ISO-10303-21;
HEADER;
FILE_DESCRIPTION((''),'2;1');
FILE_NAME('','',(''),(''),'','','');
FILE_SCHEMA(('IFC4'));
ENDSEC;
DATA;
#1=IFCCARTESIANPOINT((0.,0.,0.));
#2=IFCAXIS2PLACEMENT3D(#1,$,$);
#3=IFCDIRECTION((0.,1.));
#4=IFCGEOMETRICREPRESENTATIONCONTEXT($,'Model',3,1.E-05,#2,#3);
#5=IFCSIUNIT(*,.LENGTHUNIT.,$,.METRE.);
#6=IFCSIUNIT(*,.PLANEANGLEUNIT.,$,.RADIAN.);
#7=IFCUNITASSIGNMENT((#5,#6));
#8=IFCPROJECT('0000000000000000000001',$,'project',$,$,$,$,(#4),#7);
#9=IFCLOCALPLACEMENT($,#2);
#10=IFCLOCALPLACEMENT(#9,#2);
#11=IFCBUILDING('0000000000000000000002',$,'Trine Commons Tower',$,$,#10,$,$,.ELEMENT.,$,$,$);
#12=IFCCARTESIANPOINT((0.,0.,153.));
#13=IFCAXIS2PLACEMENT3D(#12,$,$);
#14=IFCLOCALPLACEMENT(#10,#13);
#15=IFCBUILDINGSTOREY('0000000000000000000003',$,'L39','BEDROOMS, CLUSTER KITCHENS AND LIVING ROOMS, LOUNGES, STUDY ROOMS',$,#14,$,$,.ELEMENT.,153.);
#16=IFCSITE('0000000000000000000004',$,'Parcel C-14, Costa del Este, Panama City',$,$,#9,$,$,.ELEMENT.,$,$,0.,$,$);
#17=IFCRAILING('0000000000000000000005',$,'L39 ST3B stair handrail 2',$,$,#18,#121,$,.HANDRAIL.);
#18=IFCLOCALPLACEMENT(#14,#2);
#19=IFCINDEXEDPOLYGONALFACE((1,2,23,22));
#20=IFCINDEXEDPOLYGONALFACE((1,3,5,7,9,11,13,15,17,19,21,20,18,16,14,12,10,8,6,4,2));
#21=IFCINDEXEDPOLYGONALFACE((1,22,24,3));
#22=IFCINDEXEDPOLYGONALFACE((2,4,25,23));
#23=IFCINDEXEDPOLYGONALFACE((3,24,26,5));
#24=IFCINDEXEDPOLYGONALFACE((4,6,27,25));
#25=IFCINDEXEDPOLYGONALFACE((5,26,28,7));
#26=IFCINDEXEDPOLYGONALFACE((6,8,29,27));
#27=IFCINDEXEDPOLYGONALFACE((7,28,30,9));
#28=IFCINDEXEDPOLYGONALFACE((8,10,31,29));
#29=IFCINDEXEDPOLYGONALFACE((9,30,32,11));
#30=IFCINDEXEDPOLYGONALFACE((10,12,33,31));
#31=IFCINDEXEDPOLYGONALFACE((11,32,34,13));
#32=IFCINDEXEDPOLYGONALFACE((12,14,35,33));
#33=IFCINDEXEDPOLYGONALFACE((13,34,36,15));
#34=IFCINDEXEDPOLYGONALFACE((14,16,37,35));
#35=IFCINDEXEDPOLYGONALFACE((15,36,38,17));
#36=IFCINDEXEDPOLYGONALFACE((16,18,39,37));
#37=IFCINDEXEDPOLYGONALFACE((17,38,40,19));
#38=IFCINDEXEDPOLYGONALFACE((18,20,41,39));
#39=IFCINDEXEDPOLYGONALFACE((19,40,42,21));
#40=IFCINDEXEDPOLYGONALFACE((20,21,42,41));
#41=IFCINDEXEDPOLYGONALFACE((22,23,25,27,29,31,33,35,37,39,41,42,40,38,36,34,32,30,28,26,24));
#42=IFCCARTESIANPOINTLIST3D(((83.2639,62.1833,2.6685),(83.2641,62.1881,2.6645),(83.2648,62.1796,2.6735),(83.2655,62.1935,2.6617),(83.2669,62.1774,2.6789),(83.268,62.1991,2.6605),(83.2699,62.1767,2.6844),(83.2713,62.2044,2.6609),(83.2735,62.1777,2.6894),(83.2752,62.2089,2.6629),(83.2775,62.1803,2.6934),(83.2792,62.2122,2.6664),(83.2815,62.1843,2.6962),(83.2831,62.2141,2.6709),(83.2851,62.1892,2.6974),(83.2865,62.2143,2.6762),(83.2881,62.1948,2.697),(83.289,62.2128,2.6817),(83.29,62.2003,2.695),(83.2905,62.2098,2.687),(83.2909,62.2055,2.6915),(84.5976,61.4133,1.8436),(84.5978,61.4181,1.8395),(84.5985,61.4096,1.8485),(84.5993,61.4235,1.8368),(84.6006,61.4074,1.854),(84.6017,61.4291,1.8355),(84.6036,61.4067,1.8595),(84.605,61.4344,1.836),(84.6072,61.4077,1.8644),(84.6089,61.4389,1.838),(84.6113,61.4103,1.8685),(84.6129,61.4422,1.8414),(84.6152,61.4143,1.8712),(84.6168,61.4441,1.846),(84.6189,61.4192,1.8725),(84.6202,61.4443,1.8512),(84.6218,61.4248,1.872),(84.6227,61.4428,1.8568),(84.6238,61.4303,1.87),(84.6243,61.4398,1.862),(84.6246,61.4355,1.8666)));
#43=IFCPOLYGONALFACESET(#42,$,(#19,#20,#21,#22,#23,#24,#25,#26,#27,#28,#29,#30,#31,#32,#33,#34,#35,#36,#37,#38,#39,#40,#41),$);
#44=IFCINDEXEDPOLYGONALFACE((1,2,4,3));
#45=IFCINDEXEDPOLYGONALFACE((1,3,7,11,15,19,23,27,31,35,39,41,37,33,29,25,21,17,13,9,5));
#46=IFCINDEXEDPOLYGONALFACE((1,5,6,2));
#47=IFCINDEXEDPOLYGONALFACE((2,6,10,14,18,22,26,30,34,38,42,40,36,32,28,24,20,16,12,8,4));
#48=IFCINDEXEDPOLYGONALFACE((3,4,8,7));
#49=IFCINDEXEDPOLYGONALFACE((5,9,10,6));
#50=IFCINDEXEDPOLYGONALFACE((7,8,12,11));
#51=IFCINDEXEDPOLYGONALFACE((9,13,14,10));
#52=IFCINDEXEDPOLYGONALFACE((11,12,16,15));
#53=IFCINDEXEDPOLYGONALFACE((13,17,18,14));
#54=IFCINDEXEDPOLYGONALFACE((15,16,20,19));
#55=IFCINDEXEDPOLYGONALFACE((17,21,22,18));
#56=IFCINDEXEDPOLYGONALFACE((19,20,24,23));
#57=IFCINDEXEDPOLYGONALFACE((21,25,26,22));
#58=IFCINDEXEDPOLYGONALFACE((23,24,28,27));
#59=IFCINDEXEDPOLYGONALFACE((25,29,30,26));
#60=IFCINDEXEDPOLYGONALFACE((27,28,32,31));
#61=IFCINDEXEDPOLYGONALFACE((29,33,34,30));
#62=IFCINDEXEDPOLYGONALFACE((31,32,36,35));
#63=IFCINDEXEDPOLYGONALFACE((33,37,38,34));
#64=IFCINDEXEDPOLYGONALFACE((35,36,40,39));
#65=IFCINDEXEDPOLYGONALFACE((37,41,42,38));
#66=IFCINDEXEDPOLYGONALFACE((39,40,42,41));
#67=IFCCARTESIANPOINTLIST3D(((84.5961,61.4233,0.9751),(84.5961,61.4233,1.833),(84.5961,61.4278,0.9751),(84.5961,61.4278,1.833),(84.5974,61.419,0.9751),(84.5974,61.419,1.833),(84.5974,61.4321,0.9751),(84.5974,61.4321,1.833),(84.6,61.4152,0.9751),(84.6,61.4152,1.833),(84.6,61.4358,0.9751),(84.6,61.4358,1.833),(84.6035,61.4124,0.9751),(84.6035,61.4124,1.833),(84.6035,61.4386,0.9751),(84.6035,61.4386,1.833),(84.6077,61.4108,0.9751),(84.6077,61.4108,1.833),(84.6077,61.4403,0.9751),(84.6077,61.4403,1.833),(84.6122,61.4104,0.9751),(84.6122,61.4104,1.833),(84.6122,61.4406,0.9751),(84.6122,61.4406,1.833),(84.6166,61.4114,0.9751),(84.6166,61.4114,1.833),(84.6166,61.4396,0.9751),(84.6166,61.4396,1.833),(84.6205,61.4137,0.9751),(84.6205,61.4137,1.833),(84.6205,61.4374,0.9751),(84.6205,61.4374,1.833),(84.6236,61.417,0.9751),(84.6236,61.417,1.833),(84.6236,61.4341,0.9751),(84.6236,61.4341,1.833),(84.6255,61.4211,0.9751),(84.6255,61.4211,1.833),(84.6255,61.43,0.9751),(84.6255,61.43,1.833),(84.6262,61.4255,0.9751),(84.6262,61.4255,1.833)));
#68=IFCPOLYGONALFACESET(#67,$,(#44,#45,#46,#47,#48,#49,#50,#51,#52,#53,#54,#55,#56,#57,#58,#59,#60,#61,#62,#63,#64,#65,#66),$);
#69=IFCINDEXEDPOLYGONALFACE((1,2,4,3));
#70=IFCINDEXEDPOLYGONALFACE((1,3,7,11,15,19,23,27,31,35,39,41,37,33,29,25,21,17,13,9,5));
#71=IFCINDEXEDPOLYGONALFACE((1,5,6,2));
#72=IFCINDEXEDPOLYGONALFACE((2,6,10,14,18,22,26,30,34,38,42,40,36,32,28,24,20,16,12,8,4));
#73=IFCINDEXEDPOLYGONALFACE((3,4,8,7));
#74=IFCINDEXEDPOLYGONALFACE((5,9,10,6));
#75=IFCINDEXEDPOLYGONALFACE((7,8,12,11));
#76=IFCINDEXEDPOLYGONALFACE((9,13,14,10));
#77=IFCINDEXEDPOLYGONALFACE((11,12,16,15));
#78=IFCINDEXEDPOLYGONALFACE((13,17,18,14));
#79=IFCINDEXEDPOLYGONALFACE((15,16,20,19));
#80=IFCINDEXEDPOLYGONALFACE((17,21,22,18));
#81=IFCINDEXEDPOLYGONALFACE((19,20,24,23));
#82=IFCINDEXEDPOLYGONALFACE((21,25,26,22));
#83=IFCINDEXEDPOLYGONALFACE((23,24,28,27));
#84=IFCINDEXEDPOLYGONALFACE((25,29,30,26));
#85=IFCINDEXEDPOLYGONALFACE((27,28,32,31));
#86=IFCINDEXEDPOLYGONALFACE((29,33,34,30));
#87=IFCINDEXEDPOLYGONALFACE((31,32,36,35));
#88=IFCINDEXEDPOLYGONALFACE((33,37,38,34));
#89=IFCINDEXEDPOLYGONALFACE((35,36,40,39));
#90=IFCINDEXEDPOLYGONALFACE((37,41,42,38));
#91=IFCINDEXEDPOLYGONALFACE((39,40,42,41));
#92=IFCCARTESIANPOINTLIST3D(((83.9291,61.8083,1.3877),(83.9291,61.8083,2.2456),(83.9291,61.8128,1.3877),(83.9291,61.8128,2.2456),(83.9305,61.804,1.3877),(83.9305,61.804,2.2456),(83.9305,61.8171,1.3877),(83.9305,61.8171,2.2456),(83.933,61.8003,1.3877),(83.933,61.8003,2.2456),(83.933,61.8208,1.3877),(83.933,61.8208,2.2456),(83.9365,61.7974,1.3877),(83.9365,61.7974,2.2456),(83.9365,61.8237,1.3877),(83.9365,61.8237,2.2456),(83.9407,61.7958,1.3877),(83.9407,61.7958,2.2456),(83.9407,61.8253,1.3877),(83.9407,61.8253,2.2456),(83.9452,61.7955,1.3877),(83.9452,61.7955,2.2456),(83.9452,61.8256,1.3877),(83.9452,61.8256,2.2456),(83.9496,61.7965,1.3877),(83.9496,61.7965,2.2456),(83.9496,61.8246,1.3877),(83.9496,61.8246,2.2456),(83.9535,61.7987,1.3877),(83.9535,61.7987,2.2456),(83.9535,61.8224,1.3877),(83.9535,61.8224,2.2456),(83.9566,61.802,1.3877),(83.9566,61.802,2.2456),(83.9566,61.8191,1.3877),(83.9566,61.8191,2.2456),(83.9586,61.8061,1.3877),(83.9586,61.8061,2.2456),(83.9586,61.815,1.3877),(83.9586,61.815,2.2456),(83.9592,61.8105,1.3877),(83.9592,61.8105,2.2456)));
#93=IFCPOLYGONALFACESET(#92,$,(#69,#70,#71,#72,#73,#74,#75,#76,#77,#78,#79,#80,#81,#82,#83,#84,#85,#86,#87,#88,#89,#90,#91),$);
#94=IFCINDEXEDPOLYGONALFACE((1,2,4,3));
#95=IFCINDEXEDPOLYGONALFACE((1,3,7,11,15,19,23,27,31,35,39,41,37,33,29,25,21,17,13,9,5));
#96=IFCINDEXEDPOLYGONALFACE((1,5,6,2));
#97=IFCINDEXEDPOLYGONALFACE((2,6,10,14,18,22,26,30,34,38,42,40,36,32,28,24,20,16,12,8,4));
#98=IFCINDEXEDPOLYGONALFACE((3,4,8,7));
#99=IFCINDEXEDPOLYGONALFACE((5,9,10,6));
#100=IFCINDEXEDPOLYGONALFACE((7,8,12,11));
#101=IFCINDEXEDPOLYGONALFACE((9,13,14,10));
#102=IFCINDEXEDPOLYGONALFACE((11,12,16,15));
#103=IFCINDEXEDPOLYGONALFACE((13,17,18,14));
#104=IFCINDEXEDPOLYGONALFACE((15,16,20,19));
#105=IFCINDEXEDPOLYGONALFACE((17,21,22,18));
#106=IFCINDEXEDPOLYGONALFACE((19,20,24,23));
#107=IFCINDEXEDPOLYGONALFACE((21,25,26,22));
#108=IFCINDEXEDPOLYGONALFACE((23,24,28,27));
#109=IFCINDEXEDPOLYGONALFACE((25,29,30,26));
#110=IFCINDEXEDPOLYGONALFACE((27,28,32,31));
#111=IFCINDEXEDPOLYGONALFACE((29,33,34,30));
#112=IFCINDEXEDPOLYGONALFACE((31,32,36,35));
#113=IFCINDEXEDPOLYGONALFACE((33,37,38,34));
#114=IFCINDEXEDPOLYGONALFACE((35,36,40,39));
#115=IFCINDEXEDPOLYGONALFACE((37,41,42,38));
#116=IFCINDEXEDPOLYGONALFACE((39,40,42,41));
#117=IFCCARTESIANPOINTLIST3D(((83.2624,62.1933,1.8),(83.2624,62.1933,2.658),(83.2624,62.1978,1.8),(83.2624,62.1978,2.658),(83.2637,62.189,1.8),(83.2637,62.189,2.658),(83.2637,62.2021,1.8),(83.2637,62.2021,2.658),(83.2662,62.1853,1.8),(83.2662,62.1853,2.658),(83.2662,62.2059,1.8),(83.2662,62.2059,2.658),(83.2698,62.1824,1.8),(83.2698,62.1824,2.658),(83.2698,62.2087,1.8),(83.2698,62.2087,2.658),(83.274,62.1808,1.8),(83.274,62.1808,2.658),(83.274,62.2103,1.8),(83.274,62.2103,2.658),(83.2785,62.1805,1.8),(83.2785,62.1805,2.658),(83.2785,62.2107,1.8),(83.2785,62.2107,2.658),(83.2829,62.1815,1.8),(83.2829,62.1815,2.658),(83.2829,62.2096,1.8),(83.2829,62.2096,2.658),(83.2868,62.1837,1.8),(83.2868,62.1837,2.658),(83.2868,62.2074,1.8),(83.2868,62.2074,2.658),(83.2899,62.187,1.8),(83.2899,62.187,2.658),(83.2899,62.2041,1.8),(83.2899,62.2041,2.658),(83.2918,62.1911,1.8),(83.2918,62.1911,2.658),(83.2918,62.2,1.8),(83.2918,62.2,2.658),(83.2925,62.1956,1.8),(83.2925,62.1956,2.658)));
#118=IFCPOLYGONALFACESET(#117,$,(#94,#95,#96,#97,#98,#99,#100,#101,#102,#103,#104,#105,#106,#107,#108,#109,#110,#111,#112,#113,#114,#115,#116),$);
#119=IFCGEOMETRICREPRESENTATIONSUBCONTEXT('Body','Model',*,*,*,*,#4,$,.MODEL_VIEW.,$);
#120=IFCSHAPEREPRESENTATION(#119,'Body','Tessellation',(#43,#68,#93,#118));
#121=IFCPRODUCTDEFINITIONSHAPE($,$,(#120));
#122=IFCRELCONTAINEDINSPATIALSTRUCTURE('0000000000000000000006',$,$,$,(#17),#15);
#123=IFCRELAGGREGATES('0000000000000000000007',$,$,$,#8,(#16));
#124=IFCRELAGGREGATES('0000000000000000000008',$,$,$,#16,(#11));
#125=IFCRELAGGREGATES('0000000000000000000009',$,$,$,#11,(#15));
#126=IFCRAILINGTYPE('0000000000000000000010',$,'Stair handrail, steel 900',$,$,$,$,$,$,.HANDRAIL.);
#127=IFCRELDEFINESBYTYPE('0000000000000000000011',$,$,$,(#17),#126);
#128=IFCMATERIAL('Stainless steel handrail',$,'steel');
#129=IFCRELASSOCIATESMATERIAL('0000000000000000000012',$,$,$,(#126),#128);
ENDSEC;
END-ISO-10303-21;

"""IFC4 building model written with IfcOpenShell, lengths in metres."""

from ifc_helpers import new_model, si_unit, direction, frame, origin, origin_2d, place, context, subcontext, project, spatial, circle, extrude, material, type_object, element, save


model = new_model("IFC4")

# Units and contexts
model_context = context("Model", 3, precision=1e-05, world=origin(), true_north=direction((0.0, 1.0)))
body_context = subcontext(model_context, "Body", "Model", "MODEL_VIEW")
ifc_project = project(units=[si_unit("LENGTHUNIT", "METRE"), si_unit("PLANEANGLEUNIT", "RADIAN")], contexts=[model_context])

# Site, building, storey
site_placement = place(None, origin())
site = spatial("IfcSite", under=ifc_project, at=site_placement, Name="Parcel C-14, Costa del Este, Panama City", CompositionType="ELEMENT", RefElevation=0.0)
building_placement = place(site_placement, origin())
building = spatial("IfcBuilding", under=site, at=building_placement, Name="Trine Commons Tower", CompositionType="ELEMENT")
storey_placement = place(building_placement, frame((0.0, 0.0, 153.0)))
storey = spatial("IfcBuildingStorey", under=building, at=storey_placement, Name="L39", Description="BEDROOMS, CLUSTER KITCHENS AND LIVING ROOMS, LOUNGES, STUDY ROOMS", CompositionType="ELEMENT", Elevation=153.0)

# Railing
ifc_material_1 = material(Name="Stainless steel handrail", Category="steel")
railing_type_1 = type_object("IfcRailingType", Name="Stair handrail, steel 900", PredefinedType="HANDRAIL", material=ifc_material_1)
railing_1_placement = place(storey_placement, frame((84.6111, 61.4255, 0.9751)))
element("IfcRailing", 1, at=railing_1_placement, inside=storey, type_object=railing_type_1, Name="L39 ST3B stair handrail 2", PredefinedType="HANDRAIL", context=body_context, shape_type="SweptSolid", body=[
    extrude(circle(Radius=0.021, at=origin_2d()), frame((0.0, 0.0, 0.8789), z_axis=(-0.763405, 0.440743, 0.472185), x_axis=(-0.499992, -0.86603, 0.0)), (0.0, 0.0, 1.0), 1.7471),
    extrude(circle(Radius=0.0151, at=origin_2d()), origin(), (0.0, 0.0, 1.0), 0.8579),
    extrude(circle(Radius=0.0151, at=origin_2d()), frame((-0.667, 0.385, 0.4126)), (0.0, 0.0, 1.0), 0.8579),
    extrude(circle(Radius=0.0151, at=origin_2d()), frame((-1.3337, 0.77, 0.825)), (0.0, 0.0, 1.0), 0.8579),
])

save(model, "model.ifc")
